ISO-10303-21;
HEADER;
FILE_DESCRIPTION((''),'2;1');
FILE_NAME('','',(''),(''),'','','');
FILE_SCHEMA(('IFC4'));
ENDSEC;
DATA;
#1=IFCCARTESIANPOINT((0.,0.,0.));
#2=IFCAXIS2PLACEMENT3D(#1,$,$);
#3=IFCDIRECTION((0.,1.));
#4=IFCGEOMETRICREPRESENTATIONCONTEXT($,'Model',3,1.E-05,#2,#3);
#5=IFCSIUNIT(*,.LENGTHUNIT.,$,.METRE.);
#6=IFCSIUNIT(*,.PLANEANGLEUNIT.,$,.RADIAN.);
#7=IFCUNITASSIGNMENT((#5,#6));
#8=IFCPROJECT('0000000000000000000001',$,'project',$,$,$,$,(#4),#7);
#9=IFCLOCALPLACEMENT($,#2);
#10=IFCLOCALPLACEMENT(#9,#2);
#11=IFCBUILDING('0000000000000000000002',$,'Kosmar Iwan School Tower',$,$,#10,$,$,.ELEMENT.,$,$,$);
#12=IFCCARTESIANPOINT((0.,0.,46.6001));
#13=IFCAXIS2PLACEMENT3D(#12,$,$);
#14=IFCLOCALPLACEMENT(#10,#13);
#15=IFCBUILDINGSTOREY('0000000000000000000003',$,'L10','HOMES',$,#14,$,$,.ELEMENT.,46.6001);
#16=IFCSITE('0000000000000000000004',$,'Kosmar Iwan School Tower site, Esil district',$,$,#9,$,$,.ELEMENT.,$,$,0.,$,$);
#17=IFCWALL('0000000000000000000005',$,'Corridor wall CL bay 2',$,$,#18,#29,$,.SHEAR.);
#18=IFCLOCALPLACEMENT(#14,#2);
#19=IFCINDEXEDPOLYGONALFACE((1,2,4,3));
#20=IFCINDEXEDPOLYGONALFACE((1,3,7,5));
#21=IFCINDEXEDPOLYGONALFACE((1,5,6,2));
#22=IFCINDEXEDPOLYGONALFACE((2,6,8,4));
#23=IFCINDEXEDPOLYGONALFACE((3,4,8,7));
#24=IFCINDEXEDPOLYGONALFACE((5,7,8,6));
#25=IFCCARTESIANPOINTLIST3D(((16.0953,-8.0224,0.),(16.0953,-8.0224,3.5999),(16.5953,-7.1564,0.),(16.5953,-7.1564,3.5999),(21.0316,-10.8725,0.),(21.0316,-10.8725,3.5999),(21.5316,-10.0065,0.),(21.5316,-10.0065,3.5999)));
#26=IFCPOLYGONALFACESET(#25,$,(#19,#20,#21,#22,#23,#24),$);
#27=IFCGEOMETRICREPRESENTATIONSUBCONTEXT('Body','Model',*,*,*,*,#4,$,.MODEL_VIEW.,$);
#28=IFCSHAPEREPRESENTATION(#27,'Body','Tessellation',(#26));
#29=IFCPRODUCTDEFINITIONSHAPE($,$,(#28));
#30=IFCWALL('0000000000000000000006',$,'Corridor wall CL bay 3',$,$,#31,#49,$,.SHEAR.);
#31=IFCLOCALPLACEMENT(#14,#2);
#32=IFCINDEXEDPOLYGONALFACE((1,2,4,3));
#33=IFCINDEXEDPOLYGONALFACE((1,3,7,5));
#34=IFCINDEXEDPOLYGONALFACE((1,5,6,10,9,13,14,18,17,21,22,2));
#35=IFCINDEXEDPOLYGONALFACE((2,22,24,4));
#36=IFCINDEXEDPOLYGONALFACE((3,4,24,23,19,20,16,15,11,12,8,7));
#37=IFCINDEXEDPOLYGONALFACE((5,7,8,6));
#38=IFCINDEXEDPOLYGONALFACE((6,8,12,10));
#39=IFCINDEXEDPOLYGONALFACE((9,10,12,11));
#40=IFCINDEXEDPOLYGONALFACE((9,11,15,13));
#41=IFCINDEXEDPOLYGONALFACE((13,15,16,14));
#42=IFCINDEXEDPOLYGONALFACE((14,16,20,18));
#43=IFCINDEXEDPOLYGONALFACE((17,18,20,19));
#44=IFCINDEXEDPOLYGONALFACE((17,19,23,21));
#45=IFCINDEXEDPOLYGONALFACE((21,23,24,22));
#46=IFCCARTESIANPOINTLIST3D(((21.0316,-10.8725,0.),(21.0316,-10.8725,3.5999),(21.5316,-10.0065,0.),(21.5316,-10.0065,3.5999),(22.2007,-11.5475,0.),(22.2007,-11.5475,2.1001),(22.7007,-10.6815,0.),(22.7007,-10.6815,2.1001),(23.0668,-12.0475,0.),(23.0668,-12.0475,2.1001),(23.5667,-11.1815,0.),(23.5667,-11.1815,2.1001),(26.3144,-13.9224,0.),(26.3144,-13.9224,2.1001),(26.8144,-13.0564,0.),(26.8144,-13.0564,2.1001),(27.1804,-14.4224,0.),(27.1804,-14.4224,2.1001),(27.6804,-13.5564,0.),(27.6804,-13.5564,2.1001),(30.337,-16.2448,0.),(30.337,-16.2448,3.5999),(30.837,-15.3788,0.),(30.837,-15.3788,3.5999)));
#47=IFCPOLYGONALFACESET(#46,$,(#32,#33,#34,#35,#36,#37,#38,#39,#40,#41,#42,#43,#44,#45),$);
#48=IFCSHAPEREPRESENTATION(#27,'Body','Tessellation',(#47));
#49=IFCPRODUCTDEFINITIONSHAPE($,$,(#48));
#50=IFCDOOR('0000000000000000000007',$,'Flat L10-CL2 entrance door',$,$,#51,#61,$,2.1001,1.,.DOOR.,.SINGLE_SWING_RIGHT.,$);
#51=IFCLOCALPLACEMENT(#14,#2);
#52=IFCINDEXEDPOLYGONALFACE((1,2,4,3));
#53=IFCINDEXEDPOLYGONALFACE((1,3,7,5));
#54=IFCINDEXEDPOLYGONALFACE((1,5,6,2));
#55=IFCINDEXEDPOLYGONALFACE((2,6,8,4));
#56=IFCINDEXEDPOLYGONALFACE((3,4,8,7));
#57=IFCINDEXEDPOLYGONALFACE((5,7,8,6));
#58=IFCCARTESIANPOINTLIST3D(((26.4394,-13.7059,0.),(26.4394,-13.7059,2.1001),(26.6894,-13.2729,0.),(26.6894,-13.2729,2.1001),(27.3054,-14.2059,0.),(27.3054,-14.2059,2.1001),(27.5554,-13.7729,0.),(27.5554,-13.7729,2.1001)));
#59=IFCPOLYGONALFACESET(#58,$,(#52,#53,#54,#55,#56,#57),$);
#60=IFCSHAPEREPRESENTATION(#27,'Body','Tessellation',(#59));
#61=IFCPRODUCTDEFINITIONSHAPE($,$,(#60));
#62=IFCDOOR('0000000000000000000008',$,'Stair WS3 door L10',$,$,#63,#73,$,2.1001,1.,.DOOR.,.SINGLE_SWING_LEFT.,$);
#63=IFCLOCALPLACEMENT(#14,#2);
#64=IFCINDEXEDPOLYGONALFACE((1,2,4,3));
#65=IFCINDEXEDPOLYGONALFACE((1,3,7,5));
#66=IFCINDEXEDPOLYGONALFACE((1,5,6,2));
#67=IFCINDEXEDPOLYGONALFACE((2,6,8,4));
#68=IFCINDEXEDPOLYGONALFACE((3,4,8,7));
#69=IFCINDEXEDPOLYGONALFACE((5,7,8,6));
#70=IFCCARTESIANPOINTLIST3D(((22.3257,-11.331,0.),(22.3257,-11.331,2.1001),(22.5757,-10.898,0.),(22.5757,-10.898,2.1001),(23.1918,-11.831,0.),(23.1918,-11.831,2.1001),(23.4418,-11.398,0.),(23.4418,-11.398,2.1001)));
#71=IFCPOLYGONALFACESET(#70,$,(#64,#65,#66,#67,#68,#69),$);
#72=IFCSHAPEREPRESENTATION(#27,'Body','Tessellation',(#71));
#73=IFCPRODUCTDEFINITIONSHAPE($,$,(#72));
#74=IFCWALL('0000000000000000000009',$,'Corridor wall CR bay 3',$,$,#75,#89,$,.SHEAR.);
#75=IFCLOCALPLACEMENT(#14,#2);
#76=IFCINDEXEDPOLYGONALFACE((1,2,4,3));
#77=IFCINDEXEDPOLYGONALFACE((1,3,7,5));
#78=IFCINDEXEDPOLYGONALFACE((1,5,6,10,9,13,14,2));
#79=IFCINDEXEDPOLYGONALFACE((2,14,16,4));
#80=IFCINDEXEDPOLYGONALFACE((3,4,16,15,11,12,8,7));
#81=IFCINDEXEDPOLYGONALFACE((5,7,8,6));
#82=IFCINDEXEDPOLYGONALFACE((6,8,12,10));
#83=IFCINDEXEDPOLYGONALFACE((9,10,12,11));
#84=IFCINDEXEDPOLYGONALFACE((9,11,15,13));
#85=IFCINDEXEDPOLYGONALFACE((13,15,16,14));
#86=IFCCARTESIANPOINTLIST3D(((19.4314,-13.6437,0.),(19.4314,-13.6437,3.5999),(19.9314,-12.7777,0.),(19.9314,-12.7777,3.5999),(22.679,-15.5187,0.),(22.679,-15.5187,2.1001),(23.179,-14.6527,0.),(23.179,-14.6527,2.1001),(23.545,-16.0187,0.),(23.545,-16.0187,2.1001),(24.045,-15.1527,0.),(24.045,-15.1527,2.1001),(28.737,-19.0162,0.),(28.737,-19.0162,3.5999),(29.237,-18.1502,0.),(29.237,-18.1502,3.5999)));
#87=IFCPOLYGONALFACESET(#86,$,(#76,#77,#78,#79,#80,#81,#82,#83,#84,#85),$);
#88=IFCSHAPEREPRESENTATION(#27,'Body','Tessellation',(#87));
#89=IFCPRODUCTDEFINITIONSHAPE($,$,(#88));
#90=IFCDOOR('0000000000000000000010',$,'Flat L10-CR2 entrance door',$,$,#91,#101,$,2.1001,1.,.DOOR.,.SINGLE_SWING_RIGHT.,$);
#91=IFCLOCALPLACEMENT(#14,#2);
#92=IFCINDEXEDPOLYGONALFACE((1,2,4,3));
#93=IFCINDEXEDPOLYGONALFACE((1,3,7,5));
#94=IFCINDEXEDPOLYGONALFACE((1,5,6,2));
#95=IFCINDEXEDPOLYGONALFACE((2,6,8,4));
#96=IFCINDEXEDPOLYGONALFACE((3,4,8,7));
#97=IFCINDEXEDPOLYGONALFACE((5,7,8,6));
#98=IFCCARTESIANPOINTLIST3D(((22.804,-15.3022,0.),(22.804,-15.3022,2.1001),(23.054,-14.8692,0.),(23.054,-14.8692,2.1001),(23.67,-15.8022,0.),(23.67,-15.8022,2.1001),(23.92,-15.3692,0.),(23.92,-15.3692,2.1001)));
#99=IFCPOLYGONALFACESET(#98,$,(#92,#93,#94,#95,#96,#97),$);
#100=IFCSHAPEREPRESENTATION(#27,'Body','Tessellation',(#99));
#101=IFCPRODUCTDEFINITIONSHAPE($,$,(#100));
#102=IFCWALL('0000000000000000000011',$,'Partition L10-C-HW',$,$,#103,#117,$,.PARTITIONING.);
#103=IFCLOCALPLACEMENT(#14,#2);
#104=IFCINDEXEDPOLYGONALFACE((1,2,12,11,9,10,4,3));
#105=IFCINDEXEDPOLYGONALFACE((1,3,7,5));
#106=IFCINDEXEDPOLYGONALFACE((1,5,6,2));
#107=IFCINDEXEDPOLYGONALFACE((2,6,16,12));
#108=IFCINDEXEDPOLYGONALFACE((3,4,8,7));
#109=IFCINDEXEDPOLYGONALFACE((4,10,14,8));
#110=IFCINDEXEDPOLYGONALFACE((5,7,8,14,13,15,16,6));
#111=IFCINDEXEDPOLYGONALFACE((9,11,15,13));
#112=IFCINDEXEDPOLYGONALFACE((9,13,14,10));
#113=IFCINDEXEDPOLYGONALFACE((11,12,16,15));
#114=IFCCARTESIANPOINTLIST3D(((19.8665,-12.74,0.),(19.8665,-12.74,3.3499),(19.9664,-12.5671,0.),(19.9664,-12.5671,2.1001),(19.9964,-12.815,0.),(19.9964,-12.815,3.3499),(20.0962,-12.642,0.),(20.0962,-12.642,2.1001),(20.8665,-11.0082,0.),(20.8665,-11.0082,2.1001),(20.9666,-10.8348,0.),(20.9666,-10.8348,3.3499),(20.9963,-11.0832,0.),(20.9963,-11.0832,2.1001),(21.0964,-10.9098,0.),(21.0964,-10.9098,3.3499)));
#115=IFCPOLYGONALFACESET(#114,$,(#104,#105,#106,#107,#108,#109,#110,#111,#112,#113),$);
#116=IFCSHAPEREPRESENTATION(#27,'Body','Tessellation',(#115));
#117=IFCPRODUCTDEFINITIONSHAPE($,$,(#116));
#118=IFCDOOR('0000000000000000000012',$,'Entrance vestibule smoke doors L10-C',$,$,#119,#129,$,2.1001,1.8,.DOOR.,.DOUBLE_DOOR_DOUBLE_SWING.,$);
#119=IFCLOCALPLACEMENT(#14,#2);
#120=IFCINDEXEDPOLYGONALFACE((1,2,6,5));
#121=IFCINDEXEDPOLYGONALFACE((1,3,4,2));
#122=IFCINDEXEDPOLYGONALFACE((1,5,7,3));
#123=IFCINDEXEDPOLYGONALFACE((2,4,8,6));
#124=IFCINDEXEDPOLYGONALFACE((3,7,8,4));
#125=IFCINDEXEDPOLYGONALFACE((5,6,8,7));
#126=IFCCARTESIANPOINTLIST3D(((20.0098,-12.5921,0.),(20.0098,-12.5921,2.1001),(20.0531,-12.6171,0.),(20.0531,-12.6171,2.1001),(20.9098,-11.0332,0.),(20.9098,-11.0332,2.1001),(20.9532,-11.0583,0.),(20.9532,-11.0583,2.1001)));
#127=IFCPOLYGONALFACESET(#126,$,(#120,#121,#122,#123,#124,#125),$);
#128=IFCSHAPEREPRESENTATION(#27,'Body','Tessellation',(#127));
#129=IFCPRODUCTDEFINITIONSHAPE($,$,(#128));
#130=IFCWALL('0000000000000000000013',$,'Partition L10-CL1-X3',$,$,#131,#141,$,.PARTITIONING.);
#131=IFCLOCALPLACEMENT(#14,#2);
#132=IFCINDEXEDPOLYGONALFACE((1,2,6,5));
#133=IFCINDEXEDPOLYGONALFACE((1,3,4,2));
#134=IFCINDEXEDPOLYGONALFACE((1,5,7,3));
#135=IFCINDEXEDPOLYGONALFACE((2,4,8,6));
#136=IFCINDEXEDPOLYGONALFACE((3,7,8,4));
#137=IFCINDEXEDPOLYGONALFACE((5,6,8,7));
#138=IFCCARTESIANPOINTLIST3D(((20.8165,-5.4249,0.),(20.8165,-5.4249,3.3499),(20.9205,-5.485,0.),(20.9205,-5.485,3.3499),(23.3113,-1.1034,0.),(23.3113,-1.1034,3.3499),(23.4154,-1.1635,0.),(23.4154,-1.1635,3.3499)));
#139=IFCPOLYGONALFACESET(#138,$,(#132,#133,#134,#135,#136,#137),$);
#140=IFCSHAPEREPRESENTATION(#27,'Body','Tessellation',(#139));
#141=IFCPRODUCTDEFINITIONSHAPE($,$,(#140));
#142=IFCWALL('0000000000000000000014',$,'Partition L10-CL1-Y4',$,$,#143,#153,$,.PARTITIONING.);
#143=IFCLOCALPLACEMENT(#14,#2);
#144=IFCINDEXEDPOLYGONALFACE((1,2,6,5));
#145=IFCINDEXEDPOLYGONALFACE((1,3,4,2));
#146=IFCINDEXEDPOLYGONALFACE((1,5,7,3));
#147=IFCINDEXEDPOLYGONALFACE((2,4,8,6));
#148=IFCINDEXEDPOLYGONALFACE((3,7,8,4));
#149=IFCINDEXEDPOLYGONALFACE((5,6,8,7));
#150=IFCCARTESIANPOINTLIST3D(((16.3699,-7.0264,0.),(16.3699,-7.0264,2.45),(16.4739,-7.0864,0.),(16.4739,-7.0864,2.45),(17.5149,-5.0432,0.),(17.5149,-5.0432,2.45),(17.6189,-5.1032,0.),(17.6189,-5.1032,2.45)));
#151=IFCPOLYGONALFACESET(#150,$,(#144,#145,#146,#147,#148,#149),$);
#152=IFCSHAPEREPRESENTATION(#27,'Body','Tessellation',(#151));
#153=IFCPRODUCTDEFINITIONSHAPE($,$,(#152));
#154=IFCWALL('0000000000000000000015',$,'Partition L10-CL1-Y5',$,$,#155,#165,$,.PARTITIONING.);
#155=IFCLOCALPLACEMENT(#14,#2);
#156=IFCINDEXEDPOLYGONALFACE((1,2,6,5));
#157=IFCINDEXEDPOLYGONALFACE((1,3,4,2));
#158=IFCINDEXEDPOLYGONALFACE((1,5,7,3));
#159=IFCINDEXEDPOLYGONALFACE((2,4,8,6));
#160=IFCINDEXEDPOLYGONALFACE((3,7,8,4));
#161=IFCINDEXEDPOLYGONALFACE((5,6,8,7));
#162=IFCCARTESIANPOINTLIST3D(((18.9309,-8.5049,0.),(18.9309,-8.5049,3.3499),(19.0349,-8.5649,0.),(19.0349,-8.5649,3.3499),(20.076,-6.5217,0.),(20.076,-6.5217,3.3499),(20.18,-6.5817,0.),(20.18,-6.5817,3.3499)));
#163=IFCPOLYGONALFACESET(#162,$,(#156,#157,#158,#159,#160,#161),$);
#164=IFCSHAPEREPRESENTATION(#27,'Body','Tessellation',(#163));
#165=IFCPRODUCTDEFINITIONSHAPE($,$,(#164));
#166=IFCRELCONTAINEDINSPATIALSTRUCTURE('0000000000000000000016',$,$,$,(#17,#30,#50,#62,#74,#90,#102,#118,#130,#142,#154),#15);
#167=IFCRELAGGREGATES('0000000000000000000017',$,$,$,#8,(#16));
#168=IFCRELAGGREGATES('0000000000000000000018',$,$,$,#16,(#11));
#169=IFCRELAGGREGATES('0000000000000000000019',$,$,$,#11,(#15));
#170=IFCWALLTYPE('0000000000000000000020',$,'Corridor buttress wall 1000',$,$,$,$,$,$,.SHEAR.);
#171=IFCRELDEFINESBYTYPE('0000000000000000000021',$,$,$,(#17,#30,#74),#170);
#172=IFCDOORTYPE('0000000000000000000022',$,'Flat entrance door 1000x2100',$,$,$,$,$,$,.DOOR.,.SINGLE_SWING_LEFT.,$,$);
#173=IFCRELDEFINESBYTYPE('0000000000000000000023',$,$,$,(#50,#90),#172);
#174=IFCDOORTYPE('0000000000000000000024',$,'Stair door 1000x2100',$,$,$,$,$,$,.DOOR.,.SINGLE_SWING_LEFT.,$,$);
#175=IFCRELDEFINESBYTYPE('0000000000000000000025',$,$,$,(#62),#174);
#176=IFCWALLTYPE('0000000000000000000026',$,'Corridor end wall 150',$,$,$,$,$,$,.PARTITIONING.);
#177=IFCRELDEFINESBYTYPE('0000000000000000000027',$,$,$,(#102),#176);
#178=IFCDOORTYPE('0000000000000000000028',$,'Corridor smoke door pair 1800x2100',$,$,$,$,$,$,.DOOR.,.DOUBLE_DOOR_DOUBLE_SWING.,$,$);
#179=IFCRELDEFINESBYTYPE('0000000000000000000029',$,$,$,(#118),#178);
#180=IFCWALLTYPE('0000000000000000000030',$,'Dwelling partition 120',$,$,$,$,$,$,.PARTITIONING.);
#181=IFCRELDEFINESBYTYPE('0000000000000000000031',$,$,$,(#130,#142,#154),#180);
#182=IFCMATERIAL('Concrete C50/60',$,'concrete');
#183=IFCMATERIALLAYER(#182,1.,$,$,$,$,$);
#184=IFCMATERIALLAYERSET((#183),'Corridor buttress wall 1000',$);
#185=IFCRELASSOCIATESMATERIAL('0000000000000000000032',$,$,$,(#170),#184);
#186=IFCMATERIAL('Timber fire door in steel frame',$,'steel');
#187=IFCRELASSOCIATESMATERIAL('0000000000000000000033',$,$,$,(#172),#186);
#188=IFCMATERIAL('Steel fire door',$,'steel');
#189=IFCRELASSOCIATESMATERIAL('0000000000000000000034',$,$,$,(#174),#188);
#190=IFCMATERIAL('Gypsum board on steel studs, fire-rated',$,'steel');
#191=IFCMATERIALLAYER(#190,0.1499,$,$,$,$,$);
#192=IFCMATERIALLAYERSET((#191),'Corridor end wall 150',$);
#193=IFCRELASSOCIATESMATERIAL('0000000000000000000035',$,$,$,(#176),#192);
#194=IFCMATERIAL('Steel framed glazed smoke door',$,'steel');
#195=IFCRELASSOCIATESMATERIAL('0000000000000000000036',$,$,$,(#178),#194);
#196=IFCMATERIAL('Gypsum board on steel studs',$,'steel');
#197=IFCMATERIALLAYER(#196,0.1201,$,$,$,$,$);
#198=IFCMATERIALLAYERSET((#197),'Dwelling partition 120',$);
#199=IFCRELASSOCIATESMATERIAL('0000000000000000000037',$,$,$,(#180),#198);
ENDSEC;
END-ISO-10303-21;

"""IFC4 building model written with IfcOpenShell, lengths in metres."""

from ifc_helpers import new_model, si_unit, direction, frame, frame_2d, origin, place, context, subcontext, project, spatial, rectangle, extrude, material, layer, layer_set, type_object, element, fill, save


model = new_model("IFC4")

# Units and contexts
model_context = context("Model", 3, precision=1e-05, world=origin(), true_north=direction((0.0, 1.0)))
body_context = subcontext(model_context, "Body", "Model", "MODEL_VIEW")
ifc_project = project(units=[si_unit("LENGTHUNIT", "METRE"), si_unit("PLANEANGLEUNIT", "RADIAN")], contexts=[model_context])

# Site, building, storey
site_placement = place(None, origin())
site = spatial("IfcSite", under=ifc_project, at=site_placement, Name="Kosmar Iwan School Tower site, Esil district", CompositionType="ELEMENT", RefElevation=0.0)
building_placement = place(site_placement, origin())
building = spatial("IfcBuilding", under=site, at=building_placement, Name="Kosmar Iwan School Tower", CompositionType="ELEMENT")
storey_placement = place(building_placement, frame((0.0, 0.0, 46.6001)))
storey = spatial("IfcBuildingStorey", under=building, at=storey_placement, Name="L10", Description="HOMES", CompositionType="ELEMENT", Elevation=46.6001)

# Wall
ifc_material_1 = material(Name="Concrete C50/60", Category="concrete")
ifc_layer_1 = layer(ifc_material_1, 1.0)
ifc_layer_set_1 = layer_set([ifc_layer_1], Name="Corridor buttress wall 1000")
wall_type_1 = type_object("IfcWallType", Name="Corridor buttress wall 1000", PredefinedType="SHEAR", material=ifc_layer_set_1)
wall_1_placement = place(storey_placement, frame((16.3452, -7.5894, 0.0), z_axis=(0.0, 0.0, 1.0), x_axis=(0.866015, -0.500018, 0.0)))
element("IfcWall", 1, at=wall_1_placement, inside=storey, type_object=wall_type_1, Name="Corridor wall CL bay 2", PredefinedType="SHEAR", context=body_context, shape_type="SweptSolid", body=[
    extrude(rectangle(XDim=5.7, YDim=1.0, at=frame_2d((2.8501, 0.0))), origin(), (0.0, 0.0, 1.0), 3.5999),
])

# Wall, openings, doors
wall_2_placement = place(storey_placement, frame((21.2815, -10.4395, 0.0), z_axis=(0.0, 0.0, 1.0), x_axis=(0.866032, -0.499988, 0.0)))
wall_2 = element("IfcWall", 2, at=wall_2_placement, inside=storey, type_object=wall_type_1, Name="Corridor wall CL bay 3", PredefinedType="SHEAR", context=body_context, shape_type="SweptSolid", body=[
    extrude(rectangle(XDim=10.7449, YDim=1.0, at=frame_2d((5.3726, 0.0))), origin(), (0.0, 0.0, 1.0), 3.5999),
])
opening_1_placement = place(wall_2_placement, frame((6.1001, 0.0, 0.0)))
opening_1 = element("IfcOpeningElement", 3, at=opening_1_placement, cuts=wall_2, PredefinedType="OPENING", context=body_context, shape_type="SweptSolid", body=[
    extrude(rectangle(XDim=1.0, YDim=2.1001, at=frame_2d((0.5, 1.05))), frame((0.0, 0.512, 0.0), z_axis=(0.0, -1.0, 0.0), x_axis=(1.0, 0.0, 0.0)), (0.0, 0.0, 1.0), 1.0239),
])
opening_2_placement = place(wall_2_placement, frame((1.3501, 0.0, 0.0)))
opening_2 = element("IfcOpeningElement", 4, at=opening_2_placement, cuts=wall_2, PredefinedType="OPENING", context=body_context, shape_type="SweptSolid", body=[
    extrude(rectangle(XDim=1.0, YDim=2.1001, at=frame_2d((0.5, 1.05))), frame((0.0, 0.512, 0.0), z_axis=(0.0, -1.0, 0.0), x_axis=(1.0, 0.0, 0.0)), (0.0, 0.0, 1.0), 1.0239),
])
ifc_material_2 = material(Name="Timber fire door in steel frame", Category="steel")
door_type_1 = type_object("IfcDoorType", Name="Flat entrance door 1000x2100", OperationType="SINGLE_SWING_LEFT", PredefinedType="DOOR", material=ifc_material_2)
door_1_placement = place(opening_1_placement, origin())
door_1 = element("IfcDoor", 5, at=door_1_placement, inside=storey, type_object=door_type_1, Name="Flat L10-CL2 entrance door", OperationType="SINGLE_SWING_RIGHT", OverallHeight=2.1001, OverallWidth=1.0, PredefinedType="DOOR", context=body_context, shape_type="SweptSolid", body=[
    extrude(rectangle(XDim=1.0, YDim=2.1001, at=frame_2d((0.5, 1.05))), frame((0.0, 0.25, 0.0), z_axis=(0.0, -1.0, 0.0), x_axis=(1.0, 0.0, 0.0)), (0.0, 0.0, 1.0), 0.5),
])
fill(opening_1, door_1)
ifc_material_3 = material(Name="Steel fire door", Category="steel")
door_type_2 = type_object("IfcDoorType", Name="Stair door 1000x2100", OperationType="SINGLE_SWING_LEFT", PredefinedType="DOOR", material=ifc_material_3)
door_2_placement = place(opening_2_placement, origin())
door_2 = element("IfcDoor", 6, at=door_2_placement, inside=storey, type_object=door_type_2, Name="Stair WS3 door L10", OperationType="SINGLE_SWING_LEFT", OverallHeight=2.1001, OverallWidth=1.0, PredefinedType="DOOR", context=body_context, shape_type="SweptSolid", body=[
    extrude(rectangle(XDim=1.0, YDim=2.1001, at=frame_2d((0.5, 1.05))), frame((0.0, 0.25, 0.0), z_axis=(0.0, -1.0, 0.0), x_axis=(1.0, 0.0, 0.0)), (0.0, 0.0, 1.0), 0.5),
])
fill(opening_2, door_2)

# Walls, openings, doors
wall_3_placement = place(storey_placement, frame((19.6814, -13.2107, 0.0), z_axis=(0.0, 0.0, 1.0), x_axis=(0.866028, -0.499995, 0.0)))
wall_3 = element("IfcWall", 7, at=wall_3_placement, inside=storey, type_object=wall_type_1, Name="Corridor wall CR bay 3", PredefinedType="SHEAR", context=body_context, shape_type="SweptSolid", body=[
    extrude(rectangle(XDim=10.7451, YDim=1.0, at=frame_2d((5.3726, 0.0))), origin(), (0.0, 0.0, 1.0), 3.5999),
])
opening_3_placement = place(wall_3_placement, frame((3.75, 0.0, 0.0)))
opening_3 = element("IfcOpeningElement", 8, at=opening_3_placement, cuts=wall_3, PredefinedType="OPENING", context=body_context, shape_type="SweptSolid", body=[
    extrude(rectangle(XDim=1.0, YDim=2.1001, at=frame_2d((0.5, 1.05))), frame((0.0, 0.512, 0.0), z_axis=(0.0, -1.0, 0.0), x_axis=(1.0, 0.0, 0.0)), (0.0, 0.0, 1.0), 1.0239),
])
door_3_placement = place(opening_3_placement, origin())
door_3 = element("IfcDoor", 9, at=door_3_placement, inside=storey, type_object=door_type_1, Name="Flat L10-CR2 entrance door", OperationType="SINGLE_SWING_RIGHT", OverallHeight=2.1001, OverallWidth=1.0, PredefinedType="DOOR", context=body_context, shape_type="SweptSolid", body=[
    extrude(rectangle(XDim=1.0, YDim=2.1001, at=frame_2d((0.5, 1.05))), frame((0.0, 0.25, 0.0), z_axis=(0.0, -1.0, 0.0), x_axis=(1.0, 0.0, 0.0)), (0.0, 0.0, 1.0), 0.5),
])
fill(opening_3, door_3)
ifc_material_4 = material(Name="Gypsum board on steel studs, fire-rated", Category="steel")
ifc_layer_2 = layer(ifc_material_4, 0.1499)
ifc_layer_set_2 = layer_set([ifc_layer_2], Name="Corridor end wall 150")
wall_type_2 = type_object("IfcWallType", Name="Corridor end wall 150", PredefinedType="PARTITIONING", material=ifc_layer_set_2)
wall_4_placement = place(storey_placement, frame((19.9314, -12.7776, 0.0), z_axis=(0.0, 0.0, 1.0), x_axis=(0.50003, 0.866008, 0.0)))
wall_4 = element("IfcWall", 10, at=wall_4_placement, inside=storey, type_object=wall_type_2, Name="Partition L10-C-HW", PredefinedType="PARTITIONING", context=body_context, shape_type="SweptSolid", body=[
    extrude(rectangle(XDim=2.2, YDim=0.1499, at=frame_2d((1.1001, 0.0))), origin(), (0.0, 0.0, 1.0), 3.3499),
])
opening_4_placement = place(wall_4_placement, frame((0.2, 0.0, 0.0)))
opening_4 = element("IfcOpeningElement", 11, at=opening_4_placement, cuts=wall_4, PredefinedType="OPENING", context=body_context, shape_type="SweptSolid", body=[
    extrude(rectangle(XDim=1.8, YDim=2.1001, at=frame_2d((0.8999, 1.05))), frame((0.0, 0.0869, 0.0), z_axis=(0.0, -1.0, 0.0), x_axis=(1.0, 0.0, 0.0)), (0.0, 0.0, 1.0), 0.1738),
])
ifc_material_5 = material(Name="Steel framed glazed smoke door", Category="steel")
door_type_3 = type_object("IfcDoorType", Name="Corridor smoke door pair 1800x2100", OperationType="DOUBLE_DOOR_DOUBLE_SWING", PredefinedType="DOOR", material=ifc_material_5)
door_4_placement = place(opening_4_placement, origin())
door_4 = element("IfcDoor", 12, at=door_4_placement, inside=storey, type_object=door_type_3, Name="Entrance vestibule smoke doors L10-C", OperationType="DOUBLE_DOOR_DOUBLE_SWING", OverallHeight=2.1001, OverallWidth=1.8, PredefinedType="DOOR", context=body_context, shape_type="SweptSolid", body=[
    extrude(rectangle(XDim=1.8, YDim=2.1001, at=frame_2d((0.8999, 1.05))), frame((0.0, 0.0249, 0.0), z_axis=(0.0, -1.0, 0.0), x_axis=(1.0, 0.0, 0.0)), (0.0, 0.0, 1.0), 0.05),
])
fill(opening_4, door_4)

# Walls
ifc_material_6 = material(Name="Gypsum board on steel studs", Category="steel")
ifc_layer_3 = layer(ifc_material_6, 0.1201)
ifc_layer_set_3 = layer_set([ifc_layer_3], Name="Dwelling partition 120")
wall_type_3 = type_object("IfcWallType", Name="Dwelling partition 120", PredefinedType="PARTITIONING", material=ifc_layer_set_3)
wall_5_placement = place(storey_placement, frame((20.8684, -5.4551, 0.0), z_axis=(0.0, 0.0, 1.0), x_axis=(0.499975, 0.86604, 0.0)))
element("IfcWall", 13, at=wall_5_placement, inside=storey, type_object=wall_type_3, Name="Partition L10-CL1-X3", PredefinedType="PARTITIONING", context=body_context, shape_type="SweptSolid", body=[
    extrude(rectangle(XDim=4.99, YDim=0.1201, at=frame_2d((2.4951, 0.0))), origin(), (0.0, 0.0, 1.0), 3.3499),
])
wall_6_placement = place(storey_placement, frame((16.4219, -7.0564, 0.0), z_axis=(0.0, 0.0, 1.0), x_axis=(0.500015, 0.866017, 0.0)))
element("IfcWall", 14, at=wall_6_placement, inside=storey, type_object=wall_type_3, Name="Partition L10-CL1-Y4", PredefinedType="PARTITIONING", context=body_context, shape_type="SweptSolid", body=[
    extrude(rectangle(XDim=2.29, YDim=0.1201, at=frame_2d((1.145, 0.0))), origin(), (0.0, 0.0, 1.0), 2.45),
])
wall_7_placement = place(storey_placement, frame((18.9829, -8.5349, 0.0), z_axis=(0.0, 0.0, 1.0), x_axis=(0.500015, 0.866017, 0.0)))
element("IfcWall", 15, at=wall_7_placement, inside=storey, type_object=wall_type_3, Name="Partition L10-CL1-Y5", PredefinedType="PARTITIONING", context=body_context, shape_type="SweptSolid", body=[
    extrude(rectangle(XDim=2.29, YDim=0.1201, at=frame_2d((1.145, 0.0))), origin(), (0.0, 0.0, 1.0), 3.3499),
])

save(model, "model.ifc")
